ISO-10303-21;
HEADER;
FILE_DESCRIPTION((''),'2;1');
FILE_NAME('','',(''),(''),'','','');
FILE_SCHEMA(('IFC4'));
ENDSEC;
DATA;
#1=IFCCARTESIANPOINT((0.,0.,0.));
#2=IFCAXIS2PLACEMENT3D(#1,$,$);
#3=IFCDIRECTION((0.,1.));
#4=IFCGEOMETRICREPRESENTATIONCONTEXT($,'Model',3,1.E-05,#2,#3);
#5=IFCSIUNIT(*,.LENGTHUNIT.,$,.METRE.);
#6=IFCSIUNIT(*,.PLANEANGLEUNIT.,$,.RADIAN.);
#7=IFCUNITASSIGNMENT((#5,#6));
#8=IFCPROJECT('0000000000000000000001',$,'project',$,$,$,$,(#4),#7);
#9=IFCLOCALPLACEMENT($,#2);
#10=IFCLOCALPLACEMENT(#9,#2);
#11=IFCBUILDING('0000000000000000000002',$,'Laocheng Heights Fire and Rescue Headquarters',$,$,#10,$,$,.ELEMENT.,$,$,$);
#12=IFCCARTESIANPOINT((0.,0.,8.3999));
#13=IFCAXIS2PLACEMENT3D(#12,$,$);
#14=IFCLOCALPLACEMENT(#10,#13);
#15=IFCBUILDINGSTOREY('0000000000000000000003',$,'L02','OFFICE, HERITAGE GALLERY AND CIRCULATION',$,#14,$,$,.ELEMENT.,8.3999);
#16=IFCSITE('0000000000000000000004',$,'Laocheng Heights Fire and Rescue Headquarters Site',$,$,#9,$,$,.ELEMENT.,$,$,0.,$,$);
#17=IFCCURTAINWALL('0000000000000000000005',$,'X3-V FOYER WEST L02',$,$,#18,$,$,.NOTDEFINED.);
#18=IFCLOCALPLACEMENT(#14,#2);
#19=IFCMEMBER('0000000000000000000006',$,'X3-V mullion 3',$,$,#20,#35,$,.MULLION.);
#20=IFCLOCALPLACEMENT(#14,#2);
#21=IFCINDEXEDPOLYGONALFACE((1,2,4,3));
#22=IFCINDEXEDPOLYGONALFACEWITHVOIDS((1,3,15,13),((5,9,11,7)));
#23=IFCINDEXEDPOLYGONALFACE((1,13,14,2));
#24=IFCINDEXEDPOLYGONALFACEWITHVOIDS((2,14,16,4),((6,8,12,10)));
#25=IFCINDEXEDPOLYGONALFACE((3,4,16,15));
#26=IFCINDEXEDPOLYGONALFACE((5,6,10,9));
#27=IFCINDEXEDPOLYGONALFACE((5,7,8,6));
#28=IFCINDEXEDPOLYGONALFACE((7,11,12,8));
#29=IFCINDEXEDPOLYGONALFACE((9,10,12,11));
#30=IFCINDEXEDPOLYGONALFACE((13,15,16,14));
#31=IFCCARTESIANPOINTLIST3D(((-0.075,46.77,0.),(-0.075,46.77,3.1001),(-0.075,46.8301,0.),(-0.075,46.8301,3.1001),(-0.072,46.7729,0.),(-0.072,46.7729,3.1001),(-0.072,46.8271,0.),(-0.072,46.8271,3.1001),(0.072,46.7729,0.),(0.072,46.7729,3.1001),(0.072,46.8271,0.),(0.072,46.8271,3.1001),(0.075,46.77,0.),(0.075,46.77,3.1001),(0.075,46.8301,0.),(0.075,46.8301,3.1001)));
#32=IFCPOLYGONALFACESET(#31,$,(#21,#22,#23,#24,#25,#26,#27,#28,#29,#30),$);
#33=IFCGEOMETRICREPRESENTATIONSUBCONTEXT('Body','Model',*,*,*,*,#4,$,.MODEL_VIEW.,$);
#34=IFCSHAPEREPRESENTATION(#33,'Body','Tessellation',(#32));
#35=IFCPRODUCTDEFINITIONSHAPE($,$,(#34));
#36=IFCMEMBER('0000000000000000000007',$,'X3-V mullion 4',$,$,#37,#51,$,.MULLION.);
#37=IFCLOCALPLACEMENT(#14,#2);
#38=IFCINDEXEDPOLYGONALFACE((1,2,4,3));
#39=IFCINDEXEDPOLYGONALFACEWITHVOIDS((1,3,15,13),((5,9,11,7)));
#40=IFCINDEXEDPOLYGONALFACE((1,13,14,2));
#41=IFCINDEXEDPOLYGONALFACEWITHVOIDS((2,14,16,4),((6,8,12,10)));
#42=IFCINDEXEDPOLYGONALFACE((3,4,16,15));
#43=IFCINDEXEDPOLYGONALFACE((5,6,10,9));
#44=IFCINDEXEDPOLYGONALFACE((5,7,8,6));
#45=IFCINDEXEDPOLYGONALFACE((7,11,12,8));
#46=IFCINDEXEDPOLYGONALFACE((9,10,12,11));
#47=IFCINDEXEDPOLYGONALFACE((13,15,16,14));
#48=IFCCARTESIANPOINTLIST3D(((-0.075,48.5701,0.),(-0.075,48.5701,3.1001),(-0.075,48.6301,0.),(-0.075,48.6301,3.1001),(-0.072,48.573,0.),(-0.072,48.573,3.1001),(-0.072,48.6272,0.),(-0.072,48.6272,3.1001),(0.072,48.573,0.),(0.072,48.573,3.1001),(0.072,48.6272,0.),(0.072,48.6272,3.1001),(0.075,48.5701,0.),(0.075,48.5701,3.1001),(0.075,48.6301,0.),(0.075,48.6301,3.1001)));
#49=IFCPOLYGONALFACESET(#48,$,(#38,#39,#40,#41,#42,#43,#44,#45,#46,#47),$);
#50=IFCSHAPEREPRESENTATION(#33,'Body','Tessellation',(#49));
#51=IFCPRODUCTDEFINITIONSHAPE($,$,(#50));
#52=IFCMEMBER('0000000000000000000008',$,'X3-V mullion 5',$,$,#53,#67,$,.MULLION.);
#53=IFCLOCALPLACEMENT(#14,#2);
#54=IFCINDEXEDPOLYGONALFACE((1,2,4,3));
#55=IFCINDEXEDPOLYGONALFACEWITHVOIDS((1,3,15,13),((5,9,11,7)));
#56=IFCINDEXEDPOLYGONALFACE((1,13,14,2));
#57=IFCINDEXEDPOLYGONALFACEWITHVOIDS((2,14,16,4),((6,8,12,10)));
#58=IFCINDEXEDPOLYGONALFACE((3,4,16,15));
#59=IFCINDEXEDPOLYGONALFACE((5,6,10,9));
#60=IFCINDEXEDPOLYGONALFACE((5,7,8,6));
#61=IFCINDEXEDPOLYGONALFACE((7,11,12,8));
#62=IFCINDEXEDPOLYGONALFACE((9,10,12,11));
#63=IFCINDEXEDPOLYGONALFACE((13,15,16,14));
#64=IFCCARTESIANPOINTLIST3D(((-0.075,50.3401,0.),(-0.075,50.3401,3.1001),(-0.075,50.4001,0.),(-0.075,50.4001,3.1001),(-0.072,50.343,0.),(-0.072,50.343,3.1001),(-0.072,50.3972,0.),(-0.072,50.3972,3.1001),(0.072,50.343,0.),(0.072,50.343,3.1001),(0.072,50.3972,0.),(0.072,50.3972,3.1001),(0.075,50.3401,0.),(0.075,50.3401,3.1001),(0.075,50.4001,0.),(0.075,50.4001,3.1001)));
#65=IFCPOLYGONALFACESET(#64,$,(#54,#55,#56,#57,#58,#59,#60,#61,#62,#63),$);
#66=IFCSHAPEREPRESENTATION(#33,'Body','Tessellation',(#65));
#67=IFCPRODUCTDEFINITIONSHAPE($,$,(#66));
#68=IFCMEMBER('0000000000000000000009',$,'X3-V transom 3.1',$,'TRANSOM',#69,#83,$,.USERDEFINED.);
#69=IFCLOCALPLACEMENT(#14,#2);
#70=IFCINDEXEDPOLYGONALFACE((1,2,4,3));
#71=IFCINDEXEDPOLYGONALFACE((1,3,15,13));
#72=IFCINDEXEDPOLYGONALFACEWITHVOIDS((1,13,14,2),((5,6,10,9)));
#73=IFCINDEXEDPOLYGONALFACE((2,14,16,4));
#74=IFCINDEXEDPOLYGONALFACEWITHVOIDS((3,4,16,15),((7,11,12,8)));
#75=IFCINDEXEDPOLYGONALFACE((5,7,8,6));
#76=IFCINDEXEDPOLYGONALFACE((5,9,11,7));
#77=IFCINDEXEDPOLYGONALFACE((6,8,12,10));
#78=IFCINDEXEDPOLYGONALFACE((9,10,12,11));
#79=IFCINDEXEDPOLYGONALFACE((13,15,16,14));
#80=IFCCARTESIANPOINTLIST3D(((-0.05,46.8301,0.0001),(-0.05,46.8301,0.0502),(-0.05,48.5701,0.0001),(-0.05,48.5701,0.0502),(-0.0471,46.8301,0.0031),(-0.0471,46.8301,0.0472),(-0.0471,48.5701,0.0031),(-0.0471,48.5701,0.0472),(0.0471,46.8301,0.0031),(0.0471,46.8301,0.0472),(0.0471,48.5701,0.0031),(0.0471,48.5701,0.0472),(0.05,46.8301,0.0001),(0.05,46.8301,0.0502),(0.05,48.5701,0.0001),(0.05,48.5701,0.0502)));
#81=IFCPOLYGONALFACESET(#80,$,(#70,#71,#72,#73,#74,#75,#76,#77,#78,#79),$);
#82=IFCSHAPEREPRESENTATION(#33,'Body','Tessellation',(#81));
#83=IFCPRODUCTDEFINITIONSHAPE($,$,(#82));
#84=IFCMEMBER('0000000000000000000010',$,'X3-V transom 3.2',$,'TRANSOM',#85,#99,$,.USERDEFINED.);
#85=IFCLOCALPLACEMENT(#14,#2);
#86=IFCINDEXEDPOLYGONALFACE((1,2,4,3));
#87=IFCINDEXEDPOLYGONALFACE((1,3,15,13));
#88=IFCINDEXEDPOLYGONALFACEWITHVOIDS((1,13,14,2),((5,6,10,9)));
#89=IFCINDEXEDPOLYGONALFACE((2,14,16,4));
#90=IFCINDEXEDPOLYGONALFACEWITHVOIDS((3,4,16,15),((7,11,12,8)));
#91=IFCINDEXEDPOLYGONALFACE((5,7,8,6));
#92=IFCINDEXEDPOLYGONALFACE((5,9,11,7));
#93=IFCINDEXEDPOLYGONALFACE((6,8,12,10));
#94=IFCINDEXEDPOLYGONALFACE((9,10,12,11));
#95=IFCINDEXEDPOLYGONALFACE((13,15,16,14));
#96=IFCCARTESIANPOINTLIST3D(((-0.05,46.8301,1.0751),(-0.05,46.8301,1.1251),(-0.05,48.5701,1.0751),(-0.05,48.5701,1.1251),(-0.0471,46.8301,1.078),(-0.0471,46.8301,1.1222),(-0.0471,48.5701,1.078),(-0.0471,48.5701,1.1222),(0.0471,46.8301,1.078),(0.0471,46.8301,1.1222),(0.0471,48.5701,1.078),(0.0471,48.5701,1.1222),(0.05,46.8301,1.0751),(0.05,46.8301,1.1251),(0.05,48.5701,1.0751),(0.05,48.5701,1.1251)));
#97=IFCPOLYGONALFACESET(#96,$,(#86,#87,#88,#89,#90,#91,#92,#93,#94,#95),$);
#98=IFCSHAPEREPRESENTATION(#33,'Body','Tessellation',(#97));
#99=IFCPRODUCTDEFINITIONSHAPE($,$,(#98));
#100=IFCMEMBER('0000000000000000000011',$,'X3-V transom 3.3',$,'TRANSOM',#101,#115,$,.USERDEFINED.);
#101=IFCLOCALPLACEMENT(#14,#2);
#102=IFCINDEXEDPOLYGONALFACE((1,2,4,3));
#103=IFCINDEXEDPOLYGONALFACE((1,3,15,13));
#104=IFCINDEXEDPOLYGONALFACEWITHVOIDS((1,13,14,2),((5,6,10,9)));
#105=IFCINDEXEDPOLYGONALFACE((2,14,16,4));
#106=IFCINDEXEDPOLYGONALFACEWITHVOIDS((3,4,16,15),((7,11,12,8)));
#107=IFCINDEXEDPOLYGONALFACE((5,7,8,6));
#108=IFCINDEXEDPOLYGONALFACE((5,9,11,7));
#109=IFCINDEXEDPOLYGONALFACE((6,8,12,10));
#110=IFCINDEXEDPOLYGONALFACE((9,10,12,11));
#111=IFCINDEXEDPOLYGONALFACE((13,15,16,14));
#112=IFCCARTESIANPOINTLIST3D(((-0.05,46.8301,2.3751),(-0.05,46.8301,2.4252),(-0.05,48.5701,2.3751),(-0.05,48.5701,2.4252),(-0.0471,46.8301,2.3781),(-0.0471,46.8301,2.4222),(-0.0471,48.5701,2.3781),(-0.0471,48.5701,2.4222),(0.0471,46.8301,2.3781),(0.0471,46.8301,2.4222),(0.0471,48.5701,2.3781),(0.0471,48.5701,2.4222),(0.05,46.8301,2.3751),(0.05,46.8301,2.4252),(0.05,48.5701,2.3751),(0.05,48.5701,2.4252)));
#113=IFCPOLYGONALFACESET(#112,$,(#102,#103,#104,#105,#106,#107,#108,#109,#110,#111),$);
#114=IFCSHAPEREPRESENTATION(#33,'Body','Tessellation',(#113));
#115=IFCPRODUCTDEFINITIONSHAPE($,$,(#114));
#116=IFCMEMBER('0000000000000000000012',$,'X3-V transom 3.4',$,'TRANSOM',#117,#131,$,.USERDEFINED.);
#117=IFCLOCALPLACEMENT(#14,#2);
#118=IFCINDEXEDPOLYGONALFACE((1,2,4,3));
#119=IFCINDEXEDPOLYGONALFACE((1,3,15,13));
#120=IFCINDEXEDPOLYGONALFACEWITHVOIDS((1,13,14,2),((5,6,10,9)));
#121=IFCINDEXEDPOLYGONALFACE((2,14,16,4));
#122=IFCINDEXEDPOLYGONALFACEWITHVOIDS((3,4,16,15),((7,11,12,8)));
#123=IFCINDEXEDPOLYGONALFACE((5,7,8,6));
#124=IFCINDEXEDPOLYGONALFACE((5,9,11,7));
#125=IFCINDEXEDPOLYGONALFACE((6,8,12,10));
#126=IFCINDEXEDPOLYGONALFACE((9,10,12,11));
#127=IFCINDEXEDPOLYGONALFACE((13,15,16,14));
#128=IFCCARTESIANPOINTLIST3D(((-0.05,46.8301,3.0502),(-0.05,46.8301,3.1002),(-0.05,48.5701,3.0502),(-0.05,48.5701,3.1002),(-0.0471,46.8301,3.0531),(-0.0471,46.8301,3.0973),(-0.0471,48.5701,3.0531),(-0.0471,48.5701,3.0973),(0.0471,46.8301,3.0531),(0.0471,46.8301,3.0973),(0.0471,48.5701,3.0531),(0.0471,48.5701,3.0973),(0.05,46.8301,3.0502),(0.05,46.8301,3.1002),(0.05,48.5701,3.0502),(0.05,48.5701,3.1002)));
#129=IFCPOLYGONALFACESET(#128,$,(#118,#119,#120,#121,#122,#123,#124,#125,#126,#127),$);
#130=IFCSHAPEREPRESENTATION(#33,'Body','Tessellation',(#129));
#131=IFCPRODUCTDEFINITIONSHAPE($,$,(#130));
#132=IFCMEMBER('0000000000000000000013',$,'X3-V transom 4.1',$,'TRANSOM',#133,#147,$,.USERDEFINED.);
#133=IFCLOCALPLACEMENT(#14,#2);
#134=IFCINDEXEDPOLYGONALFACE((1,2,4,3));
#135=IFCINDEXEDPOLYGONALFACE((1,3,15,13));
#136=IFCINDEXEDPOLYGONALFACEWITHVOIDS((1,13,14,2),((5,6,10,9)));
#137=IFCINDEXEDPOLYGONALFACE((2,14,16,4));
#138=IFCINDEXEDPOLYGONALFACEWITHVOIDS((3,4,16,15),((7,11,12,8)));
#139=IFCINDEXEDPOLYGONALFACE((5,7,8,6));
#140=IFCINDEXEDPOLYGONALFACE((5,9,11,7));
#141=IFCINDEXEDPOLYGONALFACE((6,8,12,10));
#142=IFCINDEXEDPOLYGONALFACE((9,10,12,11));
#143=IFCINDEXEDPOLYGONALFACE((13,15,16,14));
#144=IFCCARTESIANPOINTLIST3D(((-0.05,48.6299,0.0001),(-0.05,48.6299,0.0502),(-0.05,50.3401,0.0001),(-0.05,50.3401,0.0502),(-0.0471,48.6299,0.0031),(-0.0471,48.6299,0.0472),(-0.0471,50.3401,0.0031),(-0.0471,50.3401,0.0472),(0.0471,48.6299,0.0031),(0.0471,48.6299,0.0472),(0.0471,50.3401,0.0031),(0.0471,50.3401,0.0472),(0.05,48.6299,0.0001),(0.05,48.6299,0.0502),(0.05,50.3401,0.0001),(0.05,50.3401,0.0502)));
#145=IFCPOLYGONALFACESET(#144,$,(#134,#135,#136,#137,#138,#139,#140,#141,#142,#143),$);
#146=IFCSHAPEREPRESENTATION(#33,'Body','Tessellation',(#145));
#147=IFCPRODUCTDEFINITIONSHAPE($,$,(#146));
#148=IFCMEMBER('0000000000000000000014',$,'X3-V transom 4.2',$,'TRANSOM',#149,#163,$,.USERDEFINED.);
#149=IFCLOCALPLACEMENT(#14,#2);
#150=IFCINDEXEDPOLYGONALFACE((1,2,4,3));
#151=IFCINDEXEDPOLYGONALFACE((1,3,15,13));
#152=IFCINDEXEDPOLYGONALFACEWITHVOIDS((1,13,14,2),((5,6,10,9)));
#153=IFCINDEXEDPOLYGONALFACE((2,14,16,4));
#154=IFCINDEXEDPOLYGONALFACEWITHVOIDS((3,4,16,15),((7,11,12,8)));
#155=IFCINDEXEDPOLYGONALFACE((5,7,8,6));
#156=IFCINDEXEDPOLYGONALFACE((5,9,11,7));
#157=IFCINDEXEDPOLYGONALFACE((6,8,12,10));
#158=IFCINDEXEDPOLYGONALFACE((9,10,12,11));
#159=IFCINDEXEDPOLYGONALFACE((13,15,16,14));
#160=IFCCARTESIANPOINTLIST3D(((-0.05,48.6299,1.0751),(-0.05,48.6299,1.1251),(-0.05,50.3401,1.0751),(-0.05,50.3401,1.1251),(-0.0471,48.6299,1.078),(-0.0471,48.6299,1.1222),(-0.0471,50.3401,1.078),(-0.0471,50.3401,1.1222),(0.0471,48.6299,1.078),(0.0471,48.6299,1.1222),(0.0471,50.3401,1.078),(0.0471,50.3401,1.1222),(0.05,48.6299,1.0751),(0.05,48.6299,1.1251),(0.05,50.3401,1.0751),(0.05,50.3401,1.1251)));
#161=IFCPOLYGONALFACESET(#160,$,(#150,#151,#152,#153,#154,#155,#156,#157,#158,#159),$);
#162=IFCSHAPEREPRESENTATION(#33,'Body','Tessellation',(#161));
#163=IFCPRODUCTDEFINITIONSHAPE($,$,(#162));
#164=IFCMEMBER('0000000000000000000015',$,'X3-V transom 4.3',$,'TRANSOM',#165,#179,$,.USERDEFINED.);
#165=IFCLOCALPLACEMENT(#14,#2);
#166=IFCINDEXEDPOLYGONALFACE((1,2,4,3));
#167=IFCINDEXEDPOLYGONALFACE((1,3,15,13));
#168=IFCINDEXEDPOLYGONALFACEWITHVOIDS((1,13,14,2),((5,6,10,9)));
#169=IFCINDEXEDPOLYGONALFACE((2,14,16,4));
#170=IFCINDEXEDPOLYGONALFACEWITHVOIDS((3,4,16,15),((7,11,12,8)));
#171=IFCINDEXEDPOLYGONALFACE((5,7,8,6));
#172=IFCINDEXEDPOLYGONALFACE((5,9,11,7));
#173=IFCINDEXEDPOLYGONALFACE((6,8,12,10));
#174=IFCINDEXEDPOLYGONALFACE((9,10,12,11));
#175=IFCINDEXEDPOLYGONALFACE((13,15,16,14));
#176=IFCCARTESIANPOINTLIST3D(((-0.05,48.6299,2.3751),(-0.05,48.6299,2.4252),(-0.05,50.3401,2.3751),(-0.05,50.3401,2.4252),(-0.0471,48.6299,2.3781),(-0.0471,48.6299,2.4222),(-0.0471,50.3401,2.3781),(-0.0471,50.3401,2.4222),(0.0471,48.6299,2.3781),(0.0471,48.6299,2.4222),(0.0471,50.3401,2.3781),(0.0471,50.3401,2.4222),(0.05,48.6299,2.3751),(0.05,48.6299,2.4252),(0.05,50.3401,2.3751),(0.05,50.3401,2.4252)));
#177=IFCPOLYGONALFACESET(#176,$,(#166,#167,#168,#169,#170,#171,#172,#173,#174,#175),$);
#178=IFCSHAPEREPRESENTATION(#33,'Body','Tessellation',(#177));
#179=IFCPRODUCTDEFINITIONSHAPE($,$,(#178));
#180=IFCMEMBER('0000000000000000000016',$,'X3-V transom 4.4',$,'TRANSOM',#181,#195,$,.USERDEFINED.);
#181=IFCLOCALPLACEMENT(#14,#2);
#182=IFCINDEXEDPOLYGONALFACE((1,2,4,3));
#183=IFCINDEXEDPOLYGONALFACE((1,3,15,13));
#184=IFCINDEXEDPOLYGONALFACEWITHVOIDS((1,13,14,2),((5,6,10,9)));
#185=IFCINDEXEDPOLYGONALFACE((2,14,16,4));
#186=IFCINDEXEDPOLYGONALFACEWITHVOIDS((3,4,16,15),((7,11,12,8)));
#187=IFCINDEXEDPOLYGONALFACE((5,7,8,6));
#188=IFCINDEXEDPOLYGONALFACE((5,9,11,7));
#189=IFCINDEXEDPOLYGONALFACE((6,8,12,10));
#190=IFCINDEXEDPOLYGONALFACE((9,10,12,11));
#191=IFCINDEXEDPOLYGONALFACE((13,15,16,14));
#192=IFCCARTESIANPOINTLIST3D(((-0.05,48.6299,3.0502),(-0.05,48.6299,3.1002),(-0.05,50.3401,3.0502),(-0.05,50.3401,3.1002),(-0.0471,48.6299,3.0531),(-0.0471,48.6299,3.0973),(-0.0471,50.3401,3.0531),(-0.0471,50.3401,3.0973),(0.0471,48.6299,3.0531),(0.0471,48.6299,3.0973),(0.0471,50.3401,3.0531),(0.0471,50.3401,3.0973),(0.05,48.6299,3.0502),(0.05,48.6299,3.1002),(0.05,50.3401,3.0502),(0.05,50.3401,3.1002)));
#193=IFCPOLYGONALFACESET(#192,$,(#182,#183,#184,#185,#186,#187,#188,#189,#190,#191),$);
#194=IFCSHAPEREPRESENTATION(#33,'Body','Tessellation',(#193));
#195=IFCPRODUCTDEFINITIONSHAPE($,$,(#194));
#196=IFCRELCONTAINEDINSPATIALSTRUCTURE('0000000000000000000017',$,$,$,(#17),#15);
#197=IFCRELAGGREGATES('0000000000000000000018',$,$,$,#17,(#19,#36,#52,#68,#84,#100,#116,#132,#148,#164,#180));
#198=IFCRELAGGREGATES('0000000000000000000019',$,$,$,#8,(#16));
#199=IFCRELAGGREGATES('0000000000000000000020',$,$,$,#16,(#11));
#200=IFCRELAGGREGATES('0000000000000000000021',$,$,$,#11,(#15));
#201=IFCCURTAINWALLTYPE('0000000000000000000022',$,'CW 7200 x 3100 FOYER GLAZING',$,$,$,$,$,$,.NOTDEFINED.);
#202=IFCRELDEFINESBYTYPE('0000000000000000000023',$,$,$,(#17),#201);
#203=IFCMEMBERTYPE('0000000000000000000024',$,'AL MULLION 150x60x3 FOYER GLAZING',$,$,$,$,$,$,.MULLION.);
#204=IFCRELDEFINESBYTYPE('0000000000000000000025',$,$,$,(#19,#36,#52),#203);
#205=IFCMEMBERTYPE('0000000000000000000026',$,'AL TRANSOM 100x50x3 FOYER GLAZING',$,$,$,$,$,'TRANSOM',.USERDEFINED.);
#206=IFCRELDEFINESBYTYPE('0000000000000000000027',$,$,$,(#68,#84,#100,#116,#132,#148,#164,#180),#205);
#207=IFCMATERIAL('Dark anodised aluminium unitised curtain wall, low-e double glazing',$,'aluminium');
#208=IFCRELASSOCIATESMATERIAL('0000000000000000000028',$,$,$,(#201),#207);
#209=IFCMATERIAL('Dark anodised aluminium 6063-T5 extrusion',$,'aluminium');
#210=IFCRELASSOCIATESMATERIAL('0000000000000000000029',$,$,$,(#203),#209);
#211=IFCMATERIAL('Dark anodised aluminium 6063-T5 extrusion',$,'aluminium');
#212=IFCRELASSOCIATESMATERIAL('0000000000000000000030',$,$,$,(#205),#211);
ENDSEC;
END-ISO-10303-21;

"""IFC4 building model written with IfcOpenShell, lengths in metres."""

from ifc_helpers import new_model, si_unit, direction, frame, origin, origin_2d, place, context, subcontext, project, spatial, hollow_rectangle, extrude, material, material_profile, profile_set, type_object, element, aggregate, save


model = new_model("IFC4")

# Units and contexts
model_context = context("Model", 3, precision=1e-05, world=origin(), true_north=direction((0.0, 1.0)))
body_context = subcontext(model_context, "Body", "Model", "MODEL_VIEW")
ifc_project = project(units=[si_unit("LENGTHUNIT", "METRE"), si_unit("PLANEANGLEUNIT", "RADIAN")], contexts=[model_context])

# Site, building, storey
site_placement = place(None, origin())
site = spatial("IfcSite", under=ifc_project, at=site_placement, Name="Laocheng Heights Fire and Rescue Headquarters Site", CompositionType="ELEMENT", RefElevation=0.0)
building_placement = place(site_placement, origin())
building = spatial("IfcBuilding", under=site, at=building_placement, Name="Laocheng Heights Fire and Rescue Headquarters", CompositionType="ELEMENT")
storey_placement = place(building_placement, frame((0.0, 0.0, 8.3999)))
storey = spatial("IfcBuildingStorey", under=building, at=storey_placement, Name="L02", Description="OFFICE, HERITAGE GALLERY AND CIRCULATION", CompositionType="ELEMENT", Elevation=8.3999)

# Curtain wall, members
ifc_material_1 = material(Name="Dark anodised aluminium unitised curtain wall, low-e double glazing", Category="aluminium")
curtain_wall_type = type_object("IfcCurtainWallType", Name="CW 7200 x 3100 FOYER GLAZING", PredefinedType="NOTDEFINED", material=ifc_material_1)
curtain_wall_placement = place(storey_placement, origin())
curtain_wall = element("IfcCurtainWall", 1, at=curtain_wall_placement, inside=storey, type_object=curtain_wall_type, Name="X3-V FOYER WEST L02", PredefinedType="NOTDEFINED")
ifc_material_2 = material(Name="Dark anodised aluminium 6063-T5 extrusion", Category="aluminium")
ifc_material_profile_1 = material_profile(ifc_material_2, hollow_rectangle(XDim=0.1499, YDim=0.0601, WallThickness=0.0029, at=origin_2d()), Name="AL MULLION 150x60x3 FOYER GLAZING")
ifc_profile_set_1 = profile_set([ifc_material_profile_1], Name="Dark anodised aluminium 6063-T5 extrusion")
member_type_1 = type_object("IfcMemberType", Name="AL MULLION 150x60x3 FOYER GLAZING", PredefinedType="MULLION", material=ifc_profile_set_1)
member_1_placement = place(storey_placement, frame((0.0, 46.8, 0.0), z_axis=(0.0, 0.0, 1.0), x_axis=(-1.0, 0.0, 0.0)))
member_1 = element("IfcMember", 2, at=member_1_placement, type_object=member_type_1, Name="X3-V mullion 3", PredefinedType="MULLION", context=body_context, shape_type="SweptSolid", body=[
    extrude(hollow_rectangle(XDim=0.1499, YDim=0.0601, WallThickness=0.0029, at=origin_2d()), origin(), (0.0, 0.0, 1.0), 3.1001),
])
member_2_placement = place(storey_placement, frame((0.0, 48.6001, 0.0), z_axis=(0.0, 0.0, 1.0), x_axis=(-1.0, 0.0, 0.0)))
member_2 = element("IfcMember", 3, at=member_2_placement, type_object=member_type_1, Name="X3-V mullion 4", PredefinedType="MULLION", context=body_context, shape_type="SweptSolid", body=[
    extrude(hollow_rectangle(XDim=0.1499, YDim=0.0601, WallThickness=0.0029, at=origin_2d()), origin(), (0.0, 0.0, 1.0), 3.1001),
])
member_3_placement = place(storey_placement, frame((0.0, 50.3701, 0.0), z_axis=(0.0, 0.0, 1.0), x_axis=(-1.0, 0.0, 0.0)))
member_3 = element("IfcMember", 4, at=member_3_placement, type_object=member_type_1, Name="X3-V mullion 5", PredefinedType="MULLION", context=body_context, shape_type="SweptSolid", body=[
    extrude(hollow_rectangle(XDim=0.1499, YDim=0.0601, WallThickness=0.0029, at=origin_2d()), origin(), (0.0, 0.0, 1.0), 3.1001),
])
ifc_material_3 = material(Name="Dark anodised aluminium 6063-T5 extrusion", Category="aluminium")
ifc_material_profile_2 = material_profile(ifc_material_3, hollow_rectangle(XDim=0.1001, YDim=0.05, WallThickness=0.0029, at=origin_2d()), Name="AL TRANSOM 100x50x3 FOYER GLAZING")
ifc_profile_set_2 = profile_set([ifc_material_profile_2], Name="Dark anodised aluminium 6063-T5 extrusion")
member_type_2 = type_object("IfcMemberType", Name="AL TRANSOM 100x50x3 FOYER GLAZING", ElementType="TRANSOM", PredefinedType="USERDEFINED", material=ifc_profile_set_2)
member_4_placement = place(storey_placement, frame((0.0, 46.8301, 0.0251), z_axis=(0.0, 1.0, 0.0), x_axis=(-1.0, 0.0, 0.0)))
member_4 = element("IfcMember", 5, at=member_4_placement, type_object=member_type_2, Name="X3-V transom 3.1", ObjectType="TRANSOM", PredefinedType="USERDEFINED", context=body_context, shape_type="SweptSolid", body=[
    extrude(hollow_rectangle(XDim=0.1001, YDim=0.05, WallThickness=0.0029, at=origin_2d()), origin(), (0.0, 0.0, 1.0), 1.74),
])
member_5_placement = place(storey_placement, frame((0.0, 46.8301, 1.1001), z_axis=(0.0, 1.0, 0.0), x_axis=(-1.0, 0.0, 0.0)))
member_5 = element("IfcMember", 6, at=member_5_placement, type_object=member_type_2, Name="X3-V transom 3.2", ObjectType="TRANSOM", PredefinedType="USERDEFINED", context=body_context, shape_type="SweptSolid", body=[
    extrude(hollow_rectangle(XDim=0.1001, YDim=0.05, WallThickness=0.0029, at=origin_2d()), origin(), (0.0, 0.0, 1.0), 1.74),
])
member_6_placement = place(storey_placement, frame((0.0, 46.8301, 2.4001), z_axis=(0.0, 1.0, 0.0), x_axis=(-1.0, 0.0, 0.0)))
member_6 = element("IfcMember", 7, at=member_6_placement, type_object=member_type_2, Name="X3-V transom 3.3", ObjectType="TRANSOM", PredefinedType="USERDEFINED", context=body_context, shape_type="SweptSolid", body=[
    extrude(hollow_rectangle(XDim=0.1001, YDim=0.05, WallThickness=0.0029, at=origin_2d()), origin(), (0.0, 0.0, 1.0), 1.74),
])
member_7_placement = place(storey_placement, frame((0.0, 46.8301, 3.0752), z_axis=(0.0, 1.0, 0.0), x_axis=(-1.0, 0.0, 0.0)))
member_7 = element("IfcMember", 8, at=member_7_placement, type_object=member_type_2, Name="X3-V transom 3.4", ObjectType="TRANSOM", PredefinedType="USERDEFINED", context=body_context, shape_type="SweptSolid", body=[
    extrude(hollow_rectangle(XDim=0.1001, YDim=0.05, WallThickness=0.0029, at=origin_2d()), origin(), (0.0, 0.0, 1.0), 1.74),
])
member_8_placement = place(storey_placement, frame((0.0, 48.6299, 0.0251), z_axis=(0.0, 1.0, 0.0), x_axis=(-1.0, 0.0, 0.0)))
member_8 = element("IfcMember", 9, at=member_8_placement, type_object=member_type_2, Name="X3-V transom 4.1", ObjectType="TRANSOM", PredefinedType="USERDEFINED", context=body_context, shape_type="SweptSolid", body=[
    extrude(hollow_rectangle(XDim=0.1001, YDim=0.05, WallThickness=0.0029, at=origin_2d()), origin(), (0.0, 0.0, 1.0), 1.7102),
])
member_9_placement = place(storey_placement, frame((0.0, 48.6299, 1.1001), z_axis=(0.0, 1.0, 0.0), x_axis=(-1.0, 0.0, 0.0)))
member_9 = element("IfcMember", 10, at=member_9_placement, type_object=member_type_2, Name="X3-V transom 4.2", ObjectType="TRANSOM", PredefinedType="USERDEFINED", context=body_context, shape_type="SweptSolid", body=[
    extrude(hollow_rectangle(XDim=0.1001, YDim=0.05, WallThickness=0.0029, at=origin_2d()), origin(), (0.0, 0.0, 1.0), 1.7102),
])
member_10_placement = place(storey_placement, frame((0.0, 48.6299, 2.4001), z_axis=(0.0, 1.0, 0.0), x_axis=(-1.0, 0.0, 0.0)))
member_10 = element("IfcMember", 11, at=member_10_placement, type_object=member_type_2, Name="X3-V transom 4.3", ObjectType="TRANSOM", PredefinedType="USERDEFINED", context=body_context, shape_type="SweptSolid", body=[
    extrude(hollow_rectangle(XDim=0.1001, YDim=0.05, WallThickness=0.0029, at=origin_2d()), origin(), (0.0, 0.0, 1.0), 1.7102),
])
member_11_placement = place(storey_placement, frame((0.0, 48.6299, 3.0752), z_axis=(0.0, 1.0, 0.0), x_axis=(-1.0, 0.0, 0.0)))
member_11 = element("IfcMember", 12, at=member_11_placement, type_object=member_type_2, Name="X3-V transom 4.4", ObjectType="TRANSOM", PredefinedType="USERDEFINED", context=body_context, shape_type="SweptSolid", body=[
    extrude(hollow_rectangle(XDim=0.1001, YDim=0.05, WallThickness=0.0029, at=origin_2d()), origin(), (0.0, 0.0, 1.0), 1.7102),
])
aggregate(curtain_wall, [member_1, member_2, member_3, member_4, member_5, member_6, member_7, member_8, member_9, member_10, member_11])

save(model, "model.ifc")
